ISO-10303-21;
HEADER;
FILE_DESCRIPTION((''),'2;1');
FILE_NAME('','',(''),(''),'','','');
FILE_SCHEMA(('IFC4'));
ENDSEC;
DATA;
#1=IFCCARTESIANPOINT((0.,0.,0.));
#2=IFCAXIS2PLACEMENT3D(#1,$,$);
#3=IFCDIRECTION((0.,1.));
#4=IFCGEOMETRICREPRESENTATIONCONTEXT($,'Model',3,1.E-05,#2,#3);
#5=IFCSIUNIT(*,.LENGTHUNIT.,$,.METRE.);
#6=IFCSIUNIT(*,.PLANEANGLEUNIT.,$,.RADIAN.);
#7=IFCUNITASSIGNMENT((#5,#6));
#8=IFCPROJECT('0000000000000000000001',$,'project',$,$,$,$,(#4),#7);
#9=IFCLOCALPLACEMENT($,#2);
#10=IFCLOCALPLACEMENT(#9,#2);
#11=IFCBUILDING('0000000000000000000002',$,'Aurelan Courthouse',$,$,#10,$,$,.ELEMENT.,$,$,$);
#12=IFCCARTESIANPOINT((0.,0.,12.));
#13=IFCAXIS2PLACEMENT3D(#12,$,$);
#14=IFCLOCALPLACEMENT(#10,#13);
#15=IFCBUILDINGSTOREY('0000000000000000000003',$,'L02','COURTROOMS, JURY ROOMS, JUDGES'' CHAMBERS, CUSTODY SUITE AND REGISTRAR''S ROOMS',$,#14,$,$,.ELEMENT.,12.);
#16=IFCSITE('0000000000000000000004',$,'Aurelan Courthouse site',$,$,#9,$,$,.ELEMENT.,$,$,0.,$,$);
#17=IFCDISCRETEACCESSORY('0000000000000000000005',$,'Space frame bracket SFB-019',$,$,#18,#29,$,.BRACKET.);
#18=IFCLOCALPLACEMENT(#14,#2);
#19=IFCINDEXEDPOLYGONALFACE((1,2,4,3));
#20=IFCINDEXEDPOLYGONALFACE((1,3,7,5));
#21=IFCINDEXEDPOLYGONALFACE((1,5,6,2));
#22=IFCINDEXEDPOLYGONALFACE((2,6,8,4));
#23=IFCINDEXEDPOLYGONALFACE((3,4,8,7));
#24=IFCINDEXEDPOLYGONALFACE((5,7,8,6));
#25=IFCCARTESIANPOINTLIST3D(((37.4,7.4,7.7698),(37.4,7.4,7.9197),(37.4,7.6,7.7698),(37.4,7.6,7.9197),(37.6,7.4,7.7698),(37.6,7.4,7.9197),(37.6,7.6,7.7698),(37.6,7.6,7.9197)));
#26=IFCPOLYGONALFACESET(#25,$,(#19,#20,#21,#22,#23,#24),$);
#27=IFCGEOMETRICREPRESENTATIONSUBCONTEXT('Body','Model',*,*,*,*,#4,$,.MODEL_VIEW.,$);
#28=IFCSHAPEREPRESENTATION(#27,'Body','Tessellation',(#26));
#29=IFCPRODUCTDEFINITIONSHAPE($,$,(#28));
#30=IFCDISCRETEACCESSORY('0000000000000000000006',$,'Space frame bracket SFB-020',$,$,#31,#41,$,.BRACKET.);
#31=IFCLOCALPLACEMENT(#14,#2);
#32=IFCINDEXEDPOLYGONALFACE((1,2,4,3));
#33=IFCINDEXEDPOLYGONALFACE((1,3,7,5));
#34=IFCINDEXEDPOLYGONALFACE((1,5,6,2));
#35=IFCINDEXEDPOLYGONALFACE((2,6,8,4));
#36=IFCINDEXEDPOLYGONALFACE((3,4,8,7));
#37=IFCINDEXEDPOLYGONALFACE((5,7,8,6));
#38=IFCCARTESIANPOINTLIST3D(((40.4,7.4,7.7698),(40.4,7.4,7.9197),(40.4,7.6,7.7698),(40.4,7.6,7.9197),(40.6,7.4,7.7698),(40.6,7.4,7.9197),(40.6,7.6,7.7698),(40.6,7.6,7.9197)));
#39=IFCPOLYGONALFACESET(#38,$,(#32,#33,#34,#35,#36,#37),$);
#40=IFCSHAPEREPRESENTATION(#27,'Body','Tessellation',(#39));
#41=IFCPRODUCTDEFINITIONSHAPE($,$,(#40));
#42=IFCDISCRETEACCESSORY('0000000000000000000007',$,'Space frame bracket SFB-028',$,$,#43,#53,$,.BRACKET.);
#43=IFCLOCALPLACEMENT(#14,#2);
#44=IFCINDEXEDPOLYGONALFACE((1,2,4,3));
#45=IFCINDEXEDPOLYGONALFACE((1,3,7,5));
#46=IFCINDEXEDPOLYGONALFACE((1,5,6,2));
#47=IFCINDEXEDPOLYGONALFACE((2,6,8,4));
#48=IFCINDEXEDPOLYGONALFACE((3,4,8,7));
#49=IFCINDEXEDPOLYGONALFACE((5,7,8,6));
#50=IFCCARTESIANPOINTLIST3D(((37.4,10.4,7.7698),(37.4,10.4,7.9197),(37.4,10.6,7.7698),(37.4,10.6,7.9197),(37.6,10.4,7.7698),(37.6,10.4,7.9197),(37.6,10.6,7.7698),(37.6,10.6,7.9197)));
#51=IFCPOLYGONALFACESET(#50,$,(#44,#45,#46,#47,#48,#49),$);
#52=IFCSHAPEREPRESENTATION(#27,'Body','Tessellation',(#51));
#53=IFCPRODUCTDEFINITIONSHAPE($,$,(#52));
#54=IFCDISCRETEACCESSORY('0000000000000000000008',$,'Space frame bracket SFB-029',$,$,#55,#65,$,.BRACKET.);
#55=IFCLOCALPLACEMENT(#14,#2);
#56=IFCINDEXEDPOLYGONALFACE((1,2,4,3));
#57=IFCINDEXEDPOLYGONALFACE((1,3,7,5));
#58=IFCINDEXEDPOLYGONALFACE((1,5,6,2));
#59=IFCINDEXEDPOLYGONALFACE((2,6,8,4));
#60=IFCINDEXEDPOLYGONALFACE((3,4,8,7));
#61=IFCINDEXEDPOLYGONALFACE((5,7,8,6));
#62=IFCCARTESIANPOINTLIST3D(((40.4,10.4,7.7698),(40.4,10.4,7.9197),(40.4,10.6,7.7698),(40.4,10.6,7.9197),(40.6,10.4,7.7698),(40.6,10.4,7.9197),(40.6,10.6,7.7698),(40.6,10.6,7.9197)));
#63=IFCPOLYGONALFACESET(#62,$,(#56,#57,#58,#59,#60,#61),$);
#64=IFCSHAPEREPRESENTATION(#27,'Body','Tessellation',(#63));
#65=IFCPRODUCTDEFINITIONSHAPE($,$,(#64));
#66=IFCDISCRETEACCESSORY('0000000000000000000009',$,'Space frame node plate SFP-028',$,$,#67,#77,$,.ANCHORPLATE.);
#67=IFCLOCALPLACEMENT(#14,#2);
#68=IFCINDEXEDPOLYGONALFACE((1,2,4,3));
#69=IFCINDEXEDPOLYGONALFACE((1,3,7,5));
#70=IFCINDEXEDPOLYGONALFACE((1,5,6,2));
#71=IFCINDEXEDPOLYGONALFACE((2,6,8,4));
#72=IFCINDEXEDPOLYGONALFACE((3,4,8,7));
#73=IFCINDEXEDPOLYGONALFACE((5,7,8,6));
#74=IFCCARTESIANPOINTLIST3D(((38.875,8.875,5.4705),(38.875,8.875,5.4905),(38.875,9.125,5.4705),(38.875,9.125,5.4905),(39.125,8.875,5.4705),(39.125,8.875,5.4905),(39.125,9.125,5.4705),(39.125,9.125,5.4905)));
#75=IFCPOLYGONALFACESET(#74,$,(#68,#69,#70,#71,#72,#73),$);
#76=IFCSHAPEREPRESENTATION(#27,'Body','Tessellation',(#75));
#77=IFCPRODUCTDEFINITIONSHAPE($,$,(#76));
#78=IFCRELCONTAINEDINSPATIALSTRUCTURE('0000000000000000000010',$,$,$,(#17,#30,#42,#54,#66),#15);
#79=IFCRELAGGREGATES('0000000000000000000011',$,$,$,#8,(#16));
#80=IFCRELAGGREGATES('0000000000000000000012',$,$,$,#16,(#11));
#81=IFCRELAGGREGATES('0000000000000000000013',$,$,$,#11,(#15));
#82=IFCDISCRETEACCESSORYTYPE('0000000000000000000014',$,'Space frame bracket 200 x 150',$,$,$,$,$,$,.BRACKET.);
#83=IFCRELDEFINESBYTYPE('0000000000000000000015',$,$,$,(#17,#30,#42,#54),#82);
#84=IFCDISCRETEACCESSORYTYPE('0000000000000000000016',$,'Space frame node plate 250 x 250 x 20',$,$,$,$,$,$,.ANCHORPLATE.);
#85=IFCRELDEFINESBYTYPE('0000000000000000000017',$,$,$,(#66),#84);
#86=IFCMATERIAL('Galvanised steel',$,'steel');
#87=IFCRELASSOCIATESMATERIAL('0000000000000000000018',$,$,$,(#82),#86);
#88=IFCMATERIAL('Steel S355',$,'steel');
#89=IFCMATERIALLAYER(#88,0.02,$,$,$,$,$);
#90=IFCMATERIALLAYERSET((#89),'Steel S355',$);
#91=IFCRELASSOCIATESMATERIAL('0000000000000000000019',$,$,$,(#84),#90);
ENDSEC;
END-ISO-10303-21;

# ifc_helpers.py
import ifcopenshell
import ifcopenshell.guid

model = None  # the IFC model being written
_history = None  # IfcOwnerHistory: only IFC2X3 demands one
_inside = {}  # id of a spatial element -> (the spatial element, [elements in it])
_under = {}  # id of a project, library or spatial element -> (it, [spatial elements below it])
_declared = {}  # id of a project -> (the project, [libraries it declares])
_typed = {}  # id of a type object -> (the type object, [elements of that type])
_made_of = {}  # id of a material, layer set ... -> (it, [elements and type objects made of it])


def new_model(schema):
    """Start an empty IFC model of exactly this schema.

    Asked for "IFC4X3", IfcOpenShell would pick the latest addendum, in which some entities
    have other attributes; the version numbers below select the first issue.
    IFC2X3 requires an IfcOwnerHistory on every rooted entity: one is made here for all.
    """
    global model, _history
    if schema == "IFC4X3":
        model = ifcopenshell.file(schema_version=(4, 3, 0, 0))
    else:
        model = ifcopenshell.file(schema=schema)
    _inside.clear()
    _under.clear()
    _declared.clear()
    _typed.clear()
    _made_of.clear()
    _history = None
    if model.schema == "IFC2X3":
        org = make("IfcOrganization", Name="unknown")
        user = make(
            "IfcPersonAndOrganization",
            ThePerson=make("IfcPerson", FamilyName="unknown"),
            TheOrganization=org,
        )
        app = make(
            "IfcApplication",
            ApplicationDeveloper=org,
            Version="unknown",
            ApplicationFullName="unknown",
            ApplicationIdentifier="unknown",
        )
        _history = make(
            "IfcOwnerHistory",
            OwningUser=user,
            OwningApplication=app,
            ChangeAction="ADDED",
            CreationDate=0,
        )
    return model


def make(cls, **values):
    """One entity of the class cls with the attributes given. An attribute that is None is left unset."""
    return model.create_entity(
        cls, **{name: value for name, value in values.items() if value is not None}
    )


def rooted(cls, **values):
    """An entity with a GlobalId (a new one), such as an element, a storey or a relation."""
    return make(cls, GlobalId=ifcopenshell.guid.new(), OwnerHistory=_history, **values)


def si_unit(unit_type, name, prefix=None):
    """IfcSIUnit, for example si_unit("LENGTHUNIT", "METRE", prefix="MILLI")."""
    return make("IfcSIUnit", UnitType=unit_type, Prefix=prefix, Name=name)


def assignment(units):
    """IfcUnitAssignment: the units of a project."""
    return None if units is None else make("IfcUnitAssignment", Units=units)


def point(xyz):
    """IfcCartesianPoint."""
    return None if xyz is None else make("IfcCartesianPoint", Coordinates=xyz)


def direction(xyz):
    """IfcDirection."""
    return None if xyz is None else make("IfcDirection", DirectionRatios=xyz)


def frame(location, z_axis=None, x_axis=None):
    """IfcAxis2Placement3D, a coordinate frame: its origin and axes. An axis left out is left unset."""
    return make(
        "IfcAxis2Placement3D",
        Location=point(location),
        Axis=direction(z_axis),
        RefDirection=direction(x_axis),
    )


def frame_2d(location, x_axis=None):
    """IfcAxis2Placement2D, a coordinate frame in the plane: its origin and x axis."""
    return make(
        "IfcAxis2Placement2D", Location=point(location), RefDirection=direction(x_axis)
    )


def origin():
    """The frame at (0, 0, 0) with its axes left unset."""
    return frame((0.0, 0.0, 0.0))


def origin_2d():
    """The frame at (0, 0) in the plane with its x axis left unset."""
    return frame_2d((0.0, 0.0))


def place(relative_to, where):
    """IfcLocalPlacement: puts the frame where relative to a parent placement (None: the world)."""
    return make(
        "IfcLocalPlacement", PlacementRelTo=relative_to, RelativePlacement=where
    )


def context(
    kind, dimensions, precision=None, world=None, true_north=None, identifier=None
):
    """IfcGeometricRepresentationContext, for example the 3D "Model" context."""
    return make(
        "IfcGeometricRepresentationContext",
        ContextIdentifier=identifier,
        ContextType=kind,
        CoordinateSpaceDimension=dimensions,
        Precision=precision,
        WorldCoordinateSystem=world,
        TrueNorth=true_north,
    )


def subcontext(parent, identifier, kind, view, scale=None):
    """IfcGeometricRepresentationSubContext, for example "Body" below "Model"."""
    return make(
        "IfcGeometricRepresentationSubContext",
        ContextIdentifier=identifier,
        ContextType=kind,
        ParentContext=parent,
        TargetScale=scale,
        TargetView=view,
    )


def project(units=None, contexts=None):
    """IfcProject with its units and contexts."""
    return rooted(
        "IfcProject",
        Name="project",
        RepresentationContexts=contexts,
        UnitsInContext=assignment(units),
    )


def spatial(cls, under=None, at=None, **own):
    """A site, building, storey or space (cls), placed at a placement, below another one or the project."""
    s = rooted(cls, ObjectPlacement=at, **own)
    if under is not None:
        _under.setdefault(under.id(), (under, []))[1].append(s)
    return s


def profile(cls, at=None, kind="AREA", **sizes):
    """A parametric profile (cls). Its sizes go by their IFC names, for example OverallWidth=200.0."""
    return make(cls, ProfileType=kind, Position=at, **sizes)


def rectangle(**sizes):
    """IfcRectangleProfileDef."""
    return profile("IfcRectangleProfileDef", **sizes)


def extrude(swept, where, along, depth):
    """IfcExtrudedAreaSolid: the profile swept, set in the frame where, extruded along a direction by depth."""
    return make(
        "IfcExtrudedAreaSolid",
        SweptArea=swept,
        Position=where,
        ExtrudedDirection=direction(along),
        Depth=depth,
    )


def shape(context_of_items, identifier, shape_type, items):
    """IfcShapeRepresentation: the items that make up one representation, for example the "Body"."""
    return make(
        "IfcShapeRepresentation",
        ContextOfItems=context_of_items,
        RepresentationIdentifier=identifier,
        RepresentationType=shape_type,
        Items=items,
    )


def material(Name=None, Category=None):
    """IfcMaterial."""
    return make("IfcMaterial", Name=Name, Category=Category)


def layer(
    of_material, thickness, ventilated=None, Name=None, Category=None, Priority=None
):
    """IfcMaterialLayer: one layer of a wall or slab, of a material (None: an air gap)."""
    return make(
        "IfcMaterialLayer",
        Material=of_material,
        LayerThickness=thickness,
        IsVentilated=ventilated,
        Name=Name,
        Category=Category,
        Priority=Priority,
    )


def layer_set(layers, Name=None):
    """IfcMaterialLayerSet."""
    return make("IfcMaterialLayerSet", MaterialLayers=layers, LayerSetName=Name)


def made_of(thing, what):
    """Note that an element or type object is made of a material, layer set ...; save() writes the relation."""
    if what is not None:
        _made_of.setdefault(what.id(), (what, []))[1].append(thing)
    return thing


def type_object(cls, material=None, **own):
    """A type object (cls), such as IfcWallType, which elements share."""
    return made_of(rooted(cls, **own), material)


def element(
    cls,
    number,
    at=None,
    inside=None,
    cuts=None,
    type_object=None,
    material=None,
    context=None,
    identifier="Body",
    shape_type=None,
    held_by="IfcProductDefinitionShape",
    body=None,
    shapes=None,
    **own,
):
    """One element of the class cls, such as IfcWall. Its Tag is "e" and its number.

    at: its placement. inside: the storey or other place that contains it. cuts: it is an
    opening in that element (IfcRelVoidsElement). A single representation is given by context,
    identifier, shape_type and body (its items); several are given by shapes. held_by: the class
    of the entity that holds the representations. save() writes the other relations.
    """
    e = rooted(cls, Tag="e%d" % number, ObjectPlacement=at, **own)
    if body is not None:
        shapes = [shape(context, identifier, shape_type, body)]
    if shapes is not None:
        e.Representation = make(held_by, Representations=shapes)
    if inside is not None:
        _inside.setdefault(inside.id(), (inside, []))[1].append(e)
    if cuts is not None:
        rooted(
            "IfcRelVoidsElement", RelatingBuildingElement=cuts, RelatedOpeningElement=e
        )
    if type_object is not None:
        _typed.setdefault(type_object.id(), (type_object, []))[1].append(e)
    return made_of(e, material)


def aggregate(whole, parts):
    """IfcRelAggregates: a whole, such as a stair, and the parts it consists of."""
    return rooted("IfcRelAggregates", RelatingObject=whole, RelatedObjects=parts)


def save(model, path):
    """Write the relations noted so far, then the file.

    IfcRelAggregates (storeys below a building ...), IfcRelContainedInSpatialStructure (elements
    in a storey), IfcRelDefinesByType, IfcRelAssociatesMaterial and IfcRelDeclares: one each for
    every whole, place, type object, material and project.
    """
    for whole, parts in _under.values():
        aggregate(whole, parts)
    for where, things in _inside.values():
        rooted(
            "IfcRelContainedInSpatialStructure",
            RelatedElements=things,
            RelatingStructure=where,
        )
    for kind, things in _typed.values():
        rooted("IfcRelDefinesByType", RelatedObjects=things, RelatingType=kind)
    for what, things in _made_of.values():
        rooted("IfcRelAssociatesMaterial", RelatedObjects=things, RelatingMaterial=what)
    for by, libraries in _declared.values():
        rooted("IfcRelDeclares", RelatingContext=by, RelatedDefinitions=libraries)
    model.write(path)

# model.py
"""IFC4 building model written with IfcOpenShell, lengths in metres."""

from ifc_helpers import new_model, si_unit, direction, frame, origin, origin_2d, place, context, subcontext, project, spatial, rectangle, extrude, material, layer, layer_set, type_object, element, save


model = new_model("IFC4")

# Units and contexts
model_context = context("Model", 3, precision=1e-05, world=origin(), true_north=direction((0.0, 1.0)))
body_context = subcontext(model_context, "Body", "Model", "MODEL_VIEW")
ifc_project = project(units=[si_unit("LENGTHUNIT", "METRE"), si_unit("PLANEANGLEUNIT", "RADIAN")], contexts=[model_context])

# Site, building, storey
site_placement = place(None, origin())
site = spatial("IfcSite", under=ifc_project, at=site_placement, Name="Aurelan Courthouse site", CompositionType="ELEMENT", RefElevation=0.0)
building_placement = place(site_placement, origin())
building = spatial("IfcBuilding", under=site, at=building_placement, Name="Aurelan Courthouse", CompositionType="ELEMENT")
storey_placement = place(building_placement, frame((0.0, 0.0, 12.0)))
storey = spatial("IfcBuildingStorey", under=building, at=storey_placement, Name="L02", Description="COURTROOMS, JURY ROOMS, JUDGES' CHAMBERS, CUSTODY SUITE AND REGISTRAR'S ROOMS", CompositionType="ELEMENT", Elevation=12.0)

# Shared definitions
ifc_material_1 = material(Name="Steel S355", Category="steel")

# Discrete accessories
ifc_material_2 = material(Name="Galvanised steel", Category="steel")
discrete_accessory_type_1 = type_object("IfcDiscreteAccessoryType", Name="Space frame bracket 200 x 150", PredefinedType="BRACKET", material=ifc_material_2)
for number, where, z_axis, x_axis, name in (
    (1, (37.5, 7.5, 7.7698), (0.0, 0.0, 1.0), (1.0, 0.0, 0.0), "Space frame bracket SFB-019"),
    (2, (40.5, 7.5, 7.7698), (0.0, 0.0, 1.0), (1.0, 0.0, 0.0), "Space frame bracket SFB-020"),
    (3, (37.5, 10.5, 7.7698), (0.0, 0.0, 1.0), (1.0, 0.0, 0.0), "Space frame bracket SFB-028"),
    (4, (40.5, 10.5, 7.7698), (0.0, 0.0, 1.0), (1.0, 0.0, 0.0), "Space frame bracket SFB-029"),
):
    element("IfcDiscreteAccessory", number, at=place(storey_placement, frame(where, z_axis=z_axis, x_axis=x_axis)), inside=storey, type_object=discrete_accessory_type_1, Name=name, PredefinedType="BRACKET", context=body_context, shape_type="SweptSolid", body=[
        extrude(rectangle(XDim=0.2, YDim=0.2, at=origin_2d()), origin(), (0.0, 0.0, 1.0), 0.1499),
    ])
ifc_layer_1 = layer(ifc_material_1, 0.02)
ifc_layer_set_1 = layer_set([ifc_layer_1], Name="Steel S355")
discrete_accessory_type_2 = type_object("IfcDiscreteAccessoryType", Name="Space frame node plate 250 x 250 x 20", PredefinedType="ANCHORPLATE", material=ifc_layer_set_1)
discrete_accessory_placement = place(storey_placement, frame((39.0, 9.0, 5.4705), z_axis=(0.0, 0.0, 1.0), x_axis=(1.0, 0.0, 0.0)))
element("IfcDiscreteAccessory", 5, at=discrete_accessory_placement, inside=storey, type_object=discrete_accessory_type_2, Name="Space frame node plate SFP-028", PredefinedType="ANCHORPLATE", context=body_context, shape_type="SweptSolid", body=[
    extrude(rectangle(XDim=0.25, YDim=0.25, at=origin_2d()), origin(), (0.0, 0.0, 1.0), 0.02),
])

save(model, "model.ifc")
